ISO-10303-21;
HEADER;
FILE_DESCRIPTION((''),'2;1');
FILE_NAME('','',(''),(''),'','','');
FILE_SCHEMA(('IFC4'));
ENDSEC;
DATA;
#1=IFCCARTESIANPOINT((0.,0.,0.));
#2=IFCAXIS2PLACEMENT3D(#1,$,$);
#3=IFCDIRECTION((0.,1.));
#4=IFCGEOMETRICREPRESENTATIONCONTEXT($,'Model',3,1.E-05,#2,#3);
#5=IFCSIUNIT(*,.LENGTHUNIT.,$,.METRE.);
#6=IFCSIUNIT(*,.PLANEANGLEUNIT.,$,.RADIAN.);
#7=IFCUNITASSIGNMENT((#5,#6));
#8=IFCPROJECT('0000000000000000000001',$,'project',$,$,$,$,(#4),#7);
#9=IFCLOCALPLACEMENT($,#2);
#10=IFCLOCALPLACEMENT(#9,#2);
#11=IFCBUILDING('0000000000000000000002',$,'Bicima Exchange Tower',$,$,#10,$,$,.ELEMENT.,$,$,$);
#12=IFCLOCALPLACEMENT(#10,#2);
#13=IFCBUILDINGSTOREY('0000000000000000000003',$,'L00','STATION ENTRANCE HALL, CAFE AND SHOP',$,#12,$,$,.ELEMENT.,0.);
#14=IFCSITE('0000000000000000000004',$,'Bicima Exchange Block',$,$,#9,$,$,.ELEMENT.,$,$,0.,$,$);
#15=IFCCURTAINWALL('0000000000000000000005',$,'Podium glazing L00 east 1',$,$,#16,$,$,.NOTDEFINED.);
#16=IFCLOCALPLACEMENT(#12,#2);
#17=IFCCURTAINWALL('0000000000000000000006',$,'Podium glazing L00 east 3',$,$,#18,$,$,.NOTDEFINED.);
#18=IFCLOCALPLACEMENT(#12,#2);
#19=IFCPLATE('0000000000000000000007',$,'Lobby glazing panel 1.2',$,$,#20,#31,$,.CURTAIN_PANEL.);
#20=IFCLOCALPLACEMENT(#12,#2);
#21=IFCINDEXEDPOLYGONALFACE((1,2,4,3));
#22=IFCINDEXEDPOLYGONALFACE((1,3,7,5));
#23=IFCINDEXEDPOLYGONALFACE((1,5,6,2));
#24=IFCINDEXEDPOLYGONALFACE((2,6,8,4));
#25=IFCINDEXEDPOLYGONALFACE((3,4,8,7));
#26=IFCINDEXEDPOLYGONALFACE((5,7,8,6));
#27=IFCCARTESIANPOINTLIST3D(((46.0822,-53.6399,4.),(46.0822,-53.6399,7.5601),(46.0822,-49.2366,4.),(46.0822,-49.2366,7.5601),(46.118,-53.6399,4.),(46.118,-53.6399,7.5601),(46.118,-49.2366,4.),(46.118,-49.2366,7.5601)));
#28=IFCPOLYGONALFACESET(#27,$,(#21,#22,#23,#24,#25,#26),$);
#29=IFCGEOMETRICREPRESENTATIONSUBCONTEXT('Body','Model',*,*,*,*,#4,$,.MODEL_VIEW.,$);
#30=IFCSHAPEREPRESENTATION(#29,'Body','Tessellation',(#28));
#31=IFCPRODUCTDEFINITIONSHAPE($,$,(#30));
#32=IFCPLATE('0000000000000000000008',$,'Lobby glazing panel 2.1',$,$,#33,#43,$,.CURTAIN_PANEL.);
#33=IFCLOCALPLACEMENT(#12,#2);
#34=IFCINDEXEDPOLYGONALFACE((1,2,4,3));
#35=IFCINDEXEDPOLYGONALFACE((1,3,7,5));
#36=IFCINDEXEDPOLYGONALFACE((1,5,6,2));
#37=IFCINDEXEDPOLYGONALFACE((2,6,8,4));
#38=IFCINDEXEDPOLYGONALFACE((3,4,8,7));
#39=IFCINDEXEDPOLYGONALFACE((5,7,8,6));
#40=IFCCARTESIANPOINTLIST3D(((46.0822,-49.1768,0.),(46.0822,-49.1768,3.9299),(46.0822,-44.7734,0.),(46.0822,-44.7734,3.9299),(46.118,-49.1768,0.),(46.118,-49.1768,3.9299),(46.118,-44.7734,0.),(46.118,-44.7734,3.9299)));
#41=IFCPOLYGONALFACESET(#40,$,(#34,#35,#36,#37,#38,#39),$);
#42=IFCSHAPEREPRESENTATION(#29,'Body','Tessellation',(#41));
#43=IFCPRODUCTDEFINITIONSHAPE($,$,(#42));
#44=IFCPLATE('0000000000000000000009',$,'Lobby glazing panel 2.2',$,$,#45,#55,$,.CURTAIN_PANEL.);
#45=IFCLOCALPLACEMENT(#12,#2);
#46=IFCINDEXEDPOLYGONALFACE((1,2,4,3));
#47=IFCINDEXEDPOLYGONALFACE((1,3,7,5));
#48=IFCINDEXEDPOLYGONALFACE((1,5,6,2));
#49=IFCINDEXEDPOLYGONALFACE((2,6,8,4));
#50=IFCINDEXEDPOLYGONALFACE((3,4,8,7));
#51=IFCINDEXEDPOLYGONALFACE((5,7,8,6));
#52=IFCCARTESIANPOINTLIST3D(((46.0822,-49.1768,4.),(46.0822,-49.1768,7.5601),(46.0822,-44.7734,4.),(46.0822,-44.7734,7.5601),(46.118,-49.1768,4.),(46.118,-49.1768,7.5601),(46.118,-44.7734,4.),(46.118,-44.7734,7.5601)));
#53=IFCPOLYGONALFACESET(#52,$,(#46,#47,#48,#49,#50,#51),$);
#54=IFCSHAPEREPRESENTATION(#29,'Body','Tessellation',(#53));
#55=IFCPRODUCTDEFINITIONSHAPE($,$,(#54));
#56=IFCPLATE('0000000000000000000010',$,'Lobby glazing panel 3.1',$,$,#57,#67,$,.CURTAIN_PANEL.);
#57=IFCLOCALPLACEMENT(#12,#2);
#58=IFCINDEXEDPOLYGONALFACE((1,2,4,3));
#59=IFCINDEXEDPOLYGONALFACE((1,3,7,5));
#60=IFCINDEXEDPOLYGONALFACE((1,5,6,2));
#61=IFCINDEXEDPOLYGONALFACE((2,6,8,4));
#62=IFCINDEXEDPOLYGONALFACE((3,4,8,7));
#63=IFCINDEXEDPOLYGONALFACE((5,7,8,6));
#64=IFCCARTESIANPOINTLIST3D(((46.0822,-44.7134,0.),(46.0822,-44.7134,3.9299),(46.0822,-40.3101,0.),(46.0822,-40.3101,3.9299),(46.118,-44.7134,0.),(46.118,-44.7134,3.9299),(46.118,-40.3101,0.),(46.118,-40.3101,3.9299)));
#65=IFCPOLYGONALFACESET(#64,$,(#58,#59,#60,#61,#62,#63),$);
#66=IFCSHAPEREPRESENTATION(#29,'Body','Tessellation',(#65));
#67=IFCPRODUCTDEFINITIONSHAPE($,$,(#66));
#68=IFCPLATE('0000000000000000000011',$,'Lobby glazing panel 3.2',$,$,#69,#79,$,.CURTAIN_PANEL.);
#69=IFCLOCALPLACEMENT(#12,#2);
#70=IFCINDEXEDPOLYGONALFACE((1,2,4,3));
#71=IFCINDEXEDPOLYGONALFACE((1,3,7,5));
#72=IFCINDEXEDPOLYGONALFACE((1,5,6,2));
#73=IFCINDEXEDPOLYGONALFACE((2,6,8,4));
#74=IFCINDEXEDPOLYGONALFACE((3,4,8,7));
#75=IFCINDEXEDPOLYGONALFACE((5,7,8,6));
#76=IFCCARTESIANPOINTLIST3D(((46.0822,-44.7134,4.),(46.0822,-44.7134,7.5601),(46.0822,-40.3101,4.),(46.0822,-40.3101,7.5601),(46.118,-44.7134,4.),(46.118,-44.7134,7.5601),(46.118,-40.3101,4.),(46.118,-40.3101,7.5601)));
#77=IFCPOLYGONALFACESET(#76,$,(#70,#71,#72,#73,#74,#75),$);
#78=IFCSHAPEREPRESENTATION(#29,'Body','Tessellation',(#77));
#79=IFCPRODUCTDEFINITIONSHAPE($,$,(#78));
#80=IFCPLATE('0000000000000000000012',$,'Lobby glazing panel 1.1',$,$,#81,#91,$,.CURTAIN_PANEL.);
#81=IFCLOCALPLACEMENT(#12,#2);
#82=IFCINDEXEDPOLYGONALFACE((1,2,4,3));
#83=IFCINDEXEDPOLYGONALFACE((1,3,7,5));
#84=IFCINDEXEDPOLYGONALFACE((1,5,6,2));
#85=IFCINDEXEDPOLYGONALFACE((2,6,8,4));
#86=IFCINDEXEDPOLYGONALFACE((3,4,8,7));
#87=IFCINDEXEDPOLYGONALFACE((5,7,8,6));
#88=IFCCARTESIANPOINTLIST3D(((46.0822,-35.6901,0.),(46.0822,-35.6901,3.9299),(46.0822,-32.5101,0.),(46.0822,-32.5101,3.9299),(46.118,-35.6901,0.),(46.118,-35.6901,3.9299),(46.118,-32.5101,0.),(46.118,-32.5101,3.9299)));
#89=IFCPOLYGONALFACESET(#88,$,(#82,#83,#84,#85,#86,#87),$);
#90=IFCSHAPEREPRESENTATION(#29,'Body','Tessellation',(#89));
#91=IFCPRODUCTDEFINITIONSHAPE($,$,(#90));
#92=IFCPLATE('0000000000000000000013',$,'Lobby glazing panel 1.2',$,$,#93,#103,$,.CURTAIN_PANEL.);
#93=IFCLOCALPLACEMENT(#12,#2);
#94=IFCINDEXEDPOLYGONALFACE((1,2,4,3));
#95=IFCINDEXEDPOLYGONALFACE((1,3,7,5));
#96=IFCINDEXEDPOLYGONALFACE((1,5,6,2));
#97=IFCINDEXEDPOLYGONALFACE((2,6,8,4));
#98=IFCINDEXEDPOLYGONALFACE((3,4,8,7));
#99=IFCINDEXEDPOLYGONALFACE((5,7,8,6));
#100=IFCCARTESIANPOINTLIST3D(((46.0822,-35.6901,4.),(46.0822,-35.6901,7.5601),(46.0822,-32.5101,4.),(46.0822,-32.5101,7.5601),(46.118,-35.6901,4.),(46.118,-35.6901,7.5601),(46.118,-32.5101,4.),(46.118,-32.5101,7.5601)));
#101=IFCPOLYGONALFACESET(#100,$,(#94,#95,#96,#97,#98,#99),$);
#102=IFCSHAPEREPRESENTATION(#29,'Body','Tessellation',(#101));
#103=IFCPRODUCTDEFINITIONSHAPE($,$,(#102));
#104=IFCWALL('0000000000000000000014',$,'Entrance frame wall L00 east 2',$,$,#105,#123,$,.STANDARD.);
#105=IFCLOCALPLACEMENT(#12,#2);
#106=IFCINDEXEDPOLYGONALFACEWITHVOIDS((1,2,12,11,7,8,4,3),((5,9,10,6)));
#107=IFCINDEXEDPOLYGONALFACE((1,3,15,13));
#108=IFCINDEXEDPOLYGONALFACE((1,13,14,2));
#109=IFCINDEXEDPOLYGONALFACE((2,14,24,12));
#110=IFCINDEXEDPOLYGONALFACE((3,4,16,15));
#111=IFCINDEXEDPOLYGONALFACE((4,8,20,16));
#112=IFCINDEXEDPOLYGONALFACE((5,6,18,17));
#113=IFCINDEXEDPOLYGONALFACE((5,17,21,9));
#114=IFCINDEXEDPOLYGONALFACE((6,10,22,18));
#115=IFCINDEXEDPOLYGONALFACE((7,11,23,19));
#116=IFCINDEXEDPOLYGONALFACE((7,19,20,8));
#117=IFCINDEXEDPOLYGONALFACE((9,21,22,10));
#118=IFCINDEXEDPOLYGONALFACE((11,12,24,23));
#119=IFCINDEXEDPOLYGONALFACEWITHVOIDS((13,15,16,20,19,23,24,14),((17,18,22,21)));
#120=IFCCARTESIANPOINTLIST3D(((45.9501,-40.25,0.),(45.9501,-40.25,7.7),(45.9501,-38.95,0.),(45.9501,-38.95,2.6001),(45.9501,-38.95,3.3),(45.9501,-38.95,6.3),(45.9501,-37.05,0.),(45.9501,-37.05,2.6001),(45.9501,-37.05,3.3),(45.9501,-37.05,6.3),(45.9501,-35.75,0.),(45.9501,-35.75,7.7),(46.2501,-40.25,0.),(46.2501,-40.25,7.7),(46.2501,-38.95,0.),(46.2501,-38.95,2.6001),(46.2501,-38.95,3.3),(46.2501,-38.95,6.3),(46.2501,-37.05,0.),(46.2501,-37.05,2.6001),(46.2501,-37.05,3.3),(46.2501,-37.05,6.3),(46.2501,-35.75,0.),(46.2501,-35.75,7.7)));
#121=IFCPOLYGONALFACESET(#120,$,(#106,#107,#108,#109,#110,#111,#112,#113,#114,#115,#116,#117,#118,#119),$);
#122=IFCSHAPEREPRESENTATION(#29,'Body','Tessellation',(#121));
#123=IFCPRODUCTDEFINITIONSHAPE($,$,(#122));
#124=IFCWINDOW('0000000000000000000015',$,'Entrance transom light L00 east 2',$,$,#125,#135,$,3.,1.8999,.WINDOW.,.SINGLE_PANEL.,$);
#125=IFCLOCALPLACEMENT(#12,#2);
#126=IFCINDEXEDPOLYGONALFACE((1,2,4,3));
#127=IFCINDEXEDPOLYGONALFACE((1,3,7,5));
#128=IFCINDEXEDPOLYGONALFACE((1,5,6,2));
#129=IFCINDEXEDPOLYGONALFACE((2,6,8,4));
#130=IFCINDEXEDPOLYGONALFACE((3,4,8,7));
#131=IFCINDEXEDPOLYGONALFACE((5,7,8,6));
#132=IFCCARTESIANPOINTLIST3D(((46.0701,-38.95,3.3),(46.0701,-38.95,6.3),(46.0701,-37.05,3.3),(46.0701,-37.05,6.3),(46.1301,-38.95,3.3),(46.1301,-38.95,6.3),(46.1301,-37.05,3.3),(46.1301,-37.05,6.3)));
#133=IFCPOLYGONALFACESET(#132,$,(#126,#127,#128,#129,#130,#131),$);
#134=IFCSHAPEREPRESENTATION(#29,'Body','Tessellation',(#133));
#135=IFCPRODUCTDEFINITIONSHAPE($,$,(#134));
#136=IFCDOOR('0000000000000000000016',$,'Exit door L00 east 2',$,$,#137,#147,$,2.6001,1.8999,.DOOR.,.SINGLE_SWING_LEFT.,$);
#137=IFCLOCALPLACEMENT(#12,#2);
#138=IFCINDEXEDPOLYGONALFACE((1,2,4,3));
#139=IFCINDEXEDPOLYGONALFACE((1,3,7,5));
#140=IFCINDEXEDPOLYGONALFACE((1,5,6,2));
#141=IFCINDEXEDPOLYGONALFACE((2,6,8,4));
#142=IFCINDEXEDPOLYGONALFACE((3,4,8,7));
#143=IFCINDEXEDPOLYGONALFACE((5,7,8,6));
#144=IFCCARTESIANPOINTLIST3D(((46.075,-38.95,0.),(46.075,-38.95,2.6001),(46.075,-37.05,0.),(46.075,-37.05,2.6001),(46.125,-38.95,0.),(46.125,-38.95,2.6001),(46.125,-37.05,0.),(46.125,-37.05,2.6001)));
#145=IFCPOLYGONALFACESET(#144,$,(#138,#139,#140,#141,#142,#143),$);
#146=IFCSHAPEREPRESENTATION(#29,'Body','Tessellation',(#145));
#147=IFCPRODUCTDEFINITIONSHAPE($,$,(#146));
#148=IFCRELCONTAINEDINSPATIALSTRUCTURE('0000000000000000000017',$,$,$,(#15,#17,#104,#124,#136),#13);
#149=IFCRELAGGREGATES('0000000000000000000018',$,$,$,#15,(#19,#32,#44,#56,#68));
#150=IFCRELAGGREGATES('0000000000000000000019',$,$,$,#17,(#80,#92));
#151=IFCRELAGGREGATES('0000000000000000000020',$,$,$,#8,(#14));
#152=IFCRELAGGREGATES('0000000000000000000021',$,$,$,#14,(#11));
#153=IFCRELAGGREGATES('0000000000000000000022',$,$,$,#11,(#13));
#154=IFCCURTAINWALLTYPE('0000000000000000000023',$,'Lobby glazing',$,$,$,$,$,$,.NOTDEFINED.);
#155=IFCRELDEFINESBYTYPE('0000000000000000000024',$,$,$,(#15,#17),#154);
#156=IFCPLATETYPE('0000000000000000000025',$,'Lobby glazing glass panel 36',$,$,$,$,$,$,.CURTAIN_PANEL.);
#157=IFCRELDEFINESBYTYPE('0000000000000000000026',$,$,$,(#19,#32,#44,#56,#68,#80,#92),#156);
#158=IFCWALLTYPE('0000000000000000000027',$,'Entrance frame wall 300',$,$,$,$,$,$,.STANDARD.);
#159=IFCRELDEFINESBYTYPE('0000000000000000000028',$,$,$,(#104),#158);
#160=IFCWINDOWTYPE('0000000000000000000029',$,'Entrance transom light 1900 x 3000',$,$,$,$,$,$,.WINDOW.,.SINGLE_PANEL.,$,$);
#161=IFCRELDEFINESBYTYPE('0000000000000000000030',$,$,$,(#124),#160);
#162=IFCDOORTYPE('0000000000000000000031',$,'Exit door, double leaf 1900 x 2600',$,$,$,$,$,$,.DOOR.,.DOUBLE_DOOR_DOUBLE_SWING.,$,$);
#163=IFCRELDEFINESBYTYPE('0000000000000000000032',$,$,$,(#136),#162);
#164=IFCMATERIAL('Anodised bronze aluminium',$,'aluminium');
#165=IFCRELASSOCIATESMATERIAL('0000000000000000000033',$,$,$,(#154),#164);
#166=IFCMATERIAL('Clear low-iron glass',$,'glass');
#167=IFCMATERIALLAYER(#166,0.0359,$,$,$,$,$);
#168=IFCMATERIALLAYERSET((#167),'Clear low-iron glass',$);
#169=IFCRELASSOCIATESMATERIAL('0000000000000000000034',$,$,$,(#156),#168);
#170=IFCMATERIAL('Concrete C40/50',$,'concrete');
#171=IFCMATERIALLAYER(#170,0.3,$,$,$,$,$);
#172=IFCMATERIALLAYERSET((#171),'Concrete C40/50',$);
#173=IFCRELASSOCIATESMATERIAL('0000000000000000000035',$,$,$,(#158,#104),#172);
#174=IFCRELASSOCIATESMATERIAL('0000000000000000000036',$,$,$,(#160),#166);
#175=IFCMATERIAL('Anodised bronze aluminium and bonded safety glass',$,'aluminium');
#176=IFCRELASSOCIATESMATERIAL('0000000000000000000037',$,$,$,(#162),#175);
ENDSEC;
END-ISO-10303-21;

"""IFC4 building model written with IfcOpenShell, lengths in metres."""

from ifc_helpers import new_model, si_unit, direction, frame, frame_2d, origin, origin_2d, place, context, subcontext, project, spatial, rectangle, extrude, material, layer, layer_set, layer_usage, type_object, element, fill, aggregate, save


model = new_model("IFC4")

# Units and contexts
model_context = context("Model", 3, precision=1e-05, world=origin(), true_north=direction((0.0, 1.0)))
body_context = subcontext(model_context, "Body", "Model", "MODEL_VIEW")
ifc_project = project(units=[si_unit("LENGTHUNIT", "METRE"), si_unit("PLANEANGLEUNIT", "RADIAN")], contexts=[model_context])

# Site, building, storey
site_placement = place(None, origin())
site = spatial("IfcSite", under=ifc_project, at=site_placement, Name="Bicima Exchange Block", CompositionType="ELEMENT", RefElevation=0.0)
building_placement = place(site_placement, origin())
building = spatial("IfcBuilding", under=site, at=building_placement, Name="Bicima Exchange Tower", CompositionType="ELEMENT")
storey_placement = place(building_placement, origin())
storey = spatial("IfcBuildingStorey", under=building, at=storey_placement, Name="L00", Description="STATION ENTRANCE HALL, CAFE AND SHOP", CompositionType="ELEMENT", Elevation=0.0)

# Curtain walls
ifc_material_1 = material(Name="Anodised bronze aluminium", Category="aluminium")
curtain_wall_type = type_object("IfcCurtainWallType", Name="Lobby glazing", PredefinedType="NOTDEFINED", material=ifc_material_1)
curtain_wall_1_placement = place(storey_placement, origin())
curtain_wall_1 = element("IfcCurtainWall", 1, at=curtain_wall_1_placement, inside=storey, type_object=curtain_wall_type, Name="Podium glazing L00 east 1", PredefinedType="NOTDEFINED")
curtain_wall_2_placement = place(storey_placement, origin())
curtain_wall_2 = element("IfcCurtainWall", 2, at=curtain_wall_2_placement, inside=storey, type_object=curtain_wall_type, Name="Podium glazing L00 east 3", PredefinedType="NOTDEFINED")

# Plates
ifc_material_2 = material(Name="Clear low-iron glass", Category="glass")
ifc_layer_1 = layer(ifc_material_2, 0.0359)
ifc_layer_set_1 = layer_set([ifc_layer_1], Name="Clear low-iron glass")
plate_type = type_object("IfcPlateType", Name="Lobby glazing glass panel 36", PredefinedType="CURTAIN_PANEL", material=ifc_layer_set_1)
plate_1_placement = place(storey_placement, frame((46.1001, -51.4382, 4.0), z_axis=(0.0, 0.0, 1.0), x_axis=(0.0, 1.0, 0.0)))
plate_1 = element("IfcPlate", 3, at=plate_1_placement, type_object=plate_type, Name="Lobby glazing panel 1.2", PredefinedType="CURTAIN_PANEL", context=body_context, shape_type="SweptSolid", body=[
    extrude(rectangle(XDim=4.4033, YDim=0.0359, at=origin_2d()), origin(), (0.0, 0.0, 1.0), 3.5601),
])
plate_2_placement = place(storey_placement, frame((46.1001, -46.9751, 0.0), z_axis=(0.0, 0.0, 1.0), x_axis=(0.0, 1.0, 0.0)))
plate_2 = element("IfcPlate", 4, at=plate_2_placement, type_object=plate_type, Name="Lobby glazing panel 2.1", PredefinedType="CURTAIN_PANEL", context=body_context, shape_type="SweptSolid", body=[
    extrude(rectangle(XDim=4.4033, YDim=0.0359, at=origin_2d()), origin(), (0.0, 0.0, 1.0), 3.9299),
])
plate_3_placement = place(storey_placement, frame((46.1001, -46.9751, 4.0), z_axis=(0.0, 0.0, 1.0), x_axis=(0.0, 1.0, 0.0)))
plate_3 = element("IfcPlate", 5, at=plate_3_placement, type_object=plate_type, Name="Lobby glazing panel 2.2", PredefinedType="CURTAIN_PANEL", context=body_context, shape_type="SweptSolid", body=[
    extrude(rectangle(XDim=4.4033, YDim=0.0359, at=origin_2d()), origin(), (0.0, 0.0, 1.0), 3.5601),
])
plate_4_placement = place(storey_placement, frame((46.1001, -42.5117, 0.0), z_axis=(0.0, 0.0, 1.0), x_axis=(0.0, 1.0, 0.0)))
plate_4 = element("IfcPlate", 6, at=plate_4_placement, type_object=plate_type, Name="Lobby glazing panel 3.1", PredefinedType="CURTAIN_PANEL", context=body_context, shape_type="SweptSolid", body=[
    extrude(rectangle(XDim=4.4033, YDim=0.0359, at=origin_2d()), origin(), (0.0, 0.0, 1.0), 3.9299),
])
plate_5_placement = place(storey_placement, frame((46.1001, -42.5117, 4.0), z_axis=(0.0, 0.0, 1.0), x_axis=(0.0, 1.0, 0.0)))
plate_5 = element("IfcPlate", 7, at=plate_5_placement, type_object=plate_type, Name="Lobby glazing panel 3.2", PredefinedType="CURTAIN_PANEL", context=body_context, shape_type="SweptSolid", body=[
    extrude(rectangle(XDim=4.4033, YDim=0.0359, at=origin_2d()), origin(), (0.0, 0.0, 1.0), 3.5601),
])
aggregate(curtain_wall_1, [plate_1, plate_2, plate_3, plate_4, plate_5])
plate_6_placement = place(storey_placement, frame((46.1001, -34.1001, 0.0), z_axis=(0.0, 0.0, 1.0), x_axis=(0.0, 1.0, 0.0)))
plate_6 = element("IfcPlate", 8, at=plate_6_placement, type_object=plate_type, Name="Lobby glazing panel 1.1", PredefinedType="CURTAIN_PANEL", context=body_context, shape_type="SweptSolid", body=[
    extrude(rectangle(XDim=3.1799, YDim=0.0359, at=origin_2d()), origin(), (0.0, 0.0, 1.0), 3.9299),
])
plate_7_placement = place(storey_placement, frame((46.1001, -34.1001, 4.0), z_axis=(0.0, 0.0, 1.0), x_axis=(0.0, 1.0, 0.0)))
plate_7 = element("IfcPlate", 9, at=plate_7_placement, type_object=plate_type, Name="Lobby glazing panel 1.2", PredefinedType="CURTAIN_PANEL", context=body_context, shape_type="SweptSolid", body=[
    extrude(rectangle(XDim=3.1799, YDim=0.0359, at=origin_2d()), origin(), (0.0, 0.0, 1.0), 3.5601),
])
aggregate(curtain_wall_2, [plate_6, plate_7])

# Wall, openings, window, door
ifc_material_3 = material(Name="Concrete C40/50", Category="concrete")
ifc_layer_2 = layer(ifc_material_3, 0.3)
ifc_layer_set_2 = layer_set([ifc_layer_2], Name="Concrete C40/50")
ifc_layer_usage = layer_usage(ifc_layer_set_2, "AXIS2", "POSITIVE", -0.15)
wall_type_1 = type_object("IfcWallType", Name="Entrance frame wall 300", PredefinedType="STANDARD", material=ifc_layer_set_2)
wall_1_placement = place(storey_placement, frame((46.1001, -35.75, 0.0), z_axis=(0.0, 0.0, 1.0), x_axis=(0.0, -1.0, 0.0)))
wall_1 = element("IfcWall", 10, at=wall_1_placement, inside=storey, type_object=wall_type_1, material=ifc_layer_usage, Name="Entrance frame wall L00 east 2", PredefinedType="STANDARD", context=body_context, shape_type="SweptSolid", body=[
    extrude(rectangle(XDim=4.5, YDim=0.3, at=frame_2d((2.25, 0.0))), origin(), (0.0, 0.0, 1.0), 7.7),
])
opening_1_placement = place(wall_1_placement, frame((1.3, 0.0, 0.0)))
opening_1 = element("IfcOpeningElement", 11, at=opening_1_placement, cuts=wall_1, PredefinedType="OPENING", context=body_context, shape_type="SweptSolid", body=[
    extrude(rectangle(XDim=1.8999, YDim=2.6001, at=frame_2d((0.95, 1.3))), frame((0.0, 0.1621, 0.0), z_axis=(0.0, -1.0, 0.0), x_axis=(1.0, 0.0, 0.0)), (0.0, 0.0, 1.0), 0.324),
])
opening_2_placement = place(wall_1_placement, frame((1.3, 0.0, 3.3)))
opening_2 = element("IfcOpeningElement", 12, at=opening_2_placement, cuts=wall_1, PredefinedType="OPENING", context=body_context, shape_type="SweptSolid", body=[
    extrude(rectangle(XDim=1.8999, YDim=3.0, at=frame_2d((0.95, 1.5))), frame((0.0, 0.1621, 0.0), z_axis=(0.0, -1.0, 0.0), x_axis=(1.0, 0.0, 0.0)), (0.0, 0.0, 1.0), 0.324),
])
window_type = type_object("IfcWindowType", Name="Entrance transom light 1900 x 3000", PartitioningType="SINGLE_PANEL", PredefinedType="WINDOW", material=ifc_material_2)
window_1_placement = place(opening_2_placement, origin())
window_1 = element("IfcWindow", 13, at=window_1_placement, inside=storey, type_object=window_type, Name="Entrance transom light L00 east 2", OverallHeight=3.0, OverallWidth=1.8999, PartitioningType="SINGLE_PANEL", PredefinedType="WINDOW", context=body_context, shape_type="SweptSolid", body=[
    extrude(rectangle(XDim=1.8999, YDim=3.0, at=frame_2d((0.95, 1.5))), frame((0.0, 0.03, 0.0), z_axis=(0.0, -1.0, 0.0), x_axis=(1.0, 0.0, 0.0)), (0.0, 0.0, 1.0), 0.0601),
])
fill(opening_2, window_1)
ifc_material_4 = material(Name="Anodised bronze aluminium and bonded safety glass", Category="aluminium")
door_type_1 = type_object("IfcDoorType", Name="Exit door, double leaf 1900 x 2600", OperationType="DOUBLE_DOOR_DOUBLE_SWING", PredefinedType="DOOR", material=ifc_material_4)
door_1_placement = place(opening_1_placement, origin())
door_1 = element("IfcDoor", 14, at=door_1_placement, inside=storey, type_object=door_type_1, Name="Exit door L00 east 2", OperationType="SINGLE_SWING_LEFT", OverallHeight=2.6001, OverallWidth=1.8999, PredefinedType="DOOR", context=body_context, shape_type="SweptSolid", body=[
    extrude(rectangle(XDim=1.8999, YDim=2.6001, at=frame_2d((0.95, 1.3))), frame((0.0, 0.0249, 0.0), z_axis=(0.0, -1.0, 0.0), x_axis=(1.0, 0.0, 0.0)), (0.0, 0.0, 1.0), 0.05),
])
fill(opening_1, door_1)

save(model, "model.ifc")
